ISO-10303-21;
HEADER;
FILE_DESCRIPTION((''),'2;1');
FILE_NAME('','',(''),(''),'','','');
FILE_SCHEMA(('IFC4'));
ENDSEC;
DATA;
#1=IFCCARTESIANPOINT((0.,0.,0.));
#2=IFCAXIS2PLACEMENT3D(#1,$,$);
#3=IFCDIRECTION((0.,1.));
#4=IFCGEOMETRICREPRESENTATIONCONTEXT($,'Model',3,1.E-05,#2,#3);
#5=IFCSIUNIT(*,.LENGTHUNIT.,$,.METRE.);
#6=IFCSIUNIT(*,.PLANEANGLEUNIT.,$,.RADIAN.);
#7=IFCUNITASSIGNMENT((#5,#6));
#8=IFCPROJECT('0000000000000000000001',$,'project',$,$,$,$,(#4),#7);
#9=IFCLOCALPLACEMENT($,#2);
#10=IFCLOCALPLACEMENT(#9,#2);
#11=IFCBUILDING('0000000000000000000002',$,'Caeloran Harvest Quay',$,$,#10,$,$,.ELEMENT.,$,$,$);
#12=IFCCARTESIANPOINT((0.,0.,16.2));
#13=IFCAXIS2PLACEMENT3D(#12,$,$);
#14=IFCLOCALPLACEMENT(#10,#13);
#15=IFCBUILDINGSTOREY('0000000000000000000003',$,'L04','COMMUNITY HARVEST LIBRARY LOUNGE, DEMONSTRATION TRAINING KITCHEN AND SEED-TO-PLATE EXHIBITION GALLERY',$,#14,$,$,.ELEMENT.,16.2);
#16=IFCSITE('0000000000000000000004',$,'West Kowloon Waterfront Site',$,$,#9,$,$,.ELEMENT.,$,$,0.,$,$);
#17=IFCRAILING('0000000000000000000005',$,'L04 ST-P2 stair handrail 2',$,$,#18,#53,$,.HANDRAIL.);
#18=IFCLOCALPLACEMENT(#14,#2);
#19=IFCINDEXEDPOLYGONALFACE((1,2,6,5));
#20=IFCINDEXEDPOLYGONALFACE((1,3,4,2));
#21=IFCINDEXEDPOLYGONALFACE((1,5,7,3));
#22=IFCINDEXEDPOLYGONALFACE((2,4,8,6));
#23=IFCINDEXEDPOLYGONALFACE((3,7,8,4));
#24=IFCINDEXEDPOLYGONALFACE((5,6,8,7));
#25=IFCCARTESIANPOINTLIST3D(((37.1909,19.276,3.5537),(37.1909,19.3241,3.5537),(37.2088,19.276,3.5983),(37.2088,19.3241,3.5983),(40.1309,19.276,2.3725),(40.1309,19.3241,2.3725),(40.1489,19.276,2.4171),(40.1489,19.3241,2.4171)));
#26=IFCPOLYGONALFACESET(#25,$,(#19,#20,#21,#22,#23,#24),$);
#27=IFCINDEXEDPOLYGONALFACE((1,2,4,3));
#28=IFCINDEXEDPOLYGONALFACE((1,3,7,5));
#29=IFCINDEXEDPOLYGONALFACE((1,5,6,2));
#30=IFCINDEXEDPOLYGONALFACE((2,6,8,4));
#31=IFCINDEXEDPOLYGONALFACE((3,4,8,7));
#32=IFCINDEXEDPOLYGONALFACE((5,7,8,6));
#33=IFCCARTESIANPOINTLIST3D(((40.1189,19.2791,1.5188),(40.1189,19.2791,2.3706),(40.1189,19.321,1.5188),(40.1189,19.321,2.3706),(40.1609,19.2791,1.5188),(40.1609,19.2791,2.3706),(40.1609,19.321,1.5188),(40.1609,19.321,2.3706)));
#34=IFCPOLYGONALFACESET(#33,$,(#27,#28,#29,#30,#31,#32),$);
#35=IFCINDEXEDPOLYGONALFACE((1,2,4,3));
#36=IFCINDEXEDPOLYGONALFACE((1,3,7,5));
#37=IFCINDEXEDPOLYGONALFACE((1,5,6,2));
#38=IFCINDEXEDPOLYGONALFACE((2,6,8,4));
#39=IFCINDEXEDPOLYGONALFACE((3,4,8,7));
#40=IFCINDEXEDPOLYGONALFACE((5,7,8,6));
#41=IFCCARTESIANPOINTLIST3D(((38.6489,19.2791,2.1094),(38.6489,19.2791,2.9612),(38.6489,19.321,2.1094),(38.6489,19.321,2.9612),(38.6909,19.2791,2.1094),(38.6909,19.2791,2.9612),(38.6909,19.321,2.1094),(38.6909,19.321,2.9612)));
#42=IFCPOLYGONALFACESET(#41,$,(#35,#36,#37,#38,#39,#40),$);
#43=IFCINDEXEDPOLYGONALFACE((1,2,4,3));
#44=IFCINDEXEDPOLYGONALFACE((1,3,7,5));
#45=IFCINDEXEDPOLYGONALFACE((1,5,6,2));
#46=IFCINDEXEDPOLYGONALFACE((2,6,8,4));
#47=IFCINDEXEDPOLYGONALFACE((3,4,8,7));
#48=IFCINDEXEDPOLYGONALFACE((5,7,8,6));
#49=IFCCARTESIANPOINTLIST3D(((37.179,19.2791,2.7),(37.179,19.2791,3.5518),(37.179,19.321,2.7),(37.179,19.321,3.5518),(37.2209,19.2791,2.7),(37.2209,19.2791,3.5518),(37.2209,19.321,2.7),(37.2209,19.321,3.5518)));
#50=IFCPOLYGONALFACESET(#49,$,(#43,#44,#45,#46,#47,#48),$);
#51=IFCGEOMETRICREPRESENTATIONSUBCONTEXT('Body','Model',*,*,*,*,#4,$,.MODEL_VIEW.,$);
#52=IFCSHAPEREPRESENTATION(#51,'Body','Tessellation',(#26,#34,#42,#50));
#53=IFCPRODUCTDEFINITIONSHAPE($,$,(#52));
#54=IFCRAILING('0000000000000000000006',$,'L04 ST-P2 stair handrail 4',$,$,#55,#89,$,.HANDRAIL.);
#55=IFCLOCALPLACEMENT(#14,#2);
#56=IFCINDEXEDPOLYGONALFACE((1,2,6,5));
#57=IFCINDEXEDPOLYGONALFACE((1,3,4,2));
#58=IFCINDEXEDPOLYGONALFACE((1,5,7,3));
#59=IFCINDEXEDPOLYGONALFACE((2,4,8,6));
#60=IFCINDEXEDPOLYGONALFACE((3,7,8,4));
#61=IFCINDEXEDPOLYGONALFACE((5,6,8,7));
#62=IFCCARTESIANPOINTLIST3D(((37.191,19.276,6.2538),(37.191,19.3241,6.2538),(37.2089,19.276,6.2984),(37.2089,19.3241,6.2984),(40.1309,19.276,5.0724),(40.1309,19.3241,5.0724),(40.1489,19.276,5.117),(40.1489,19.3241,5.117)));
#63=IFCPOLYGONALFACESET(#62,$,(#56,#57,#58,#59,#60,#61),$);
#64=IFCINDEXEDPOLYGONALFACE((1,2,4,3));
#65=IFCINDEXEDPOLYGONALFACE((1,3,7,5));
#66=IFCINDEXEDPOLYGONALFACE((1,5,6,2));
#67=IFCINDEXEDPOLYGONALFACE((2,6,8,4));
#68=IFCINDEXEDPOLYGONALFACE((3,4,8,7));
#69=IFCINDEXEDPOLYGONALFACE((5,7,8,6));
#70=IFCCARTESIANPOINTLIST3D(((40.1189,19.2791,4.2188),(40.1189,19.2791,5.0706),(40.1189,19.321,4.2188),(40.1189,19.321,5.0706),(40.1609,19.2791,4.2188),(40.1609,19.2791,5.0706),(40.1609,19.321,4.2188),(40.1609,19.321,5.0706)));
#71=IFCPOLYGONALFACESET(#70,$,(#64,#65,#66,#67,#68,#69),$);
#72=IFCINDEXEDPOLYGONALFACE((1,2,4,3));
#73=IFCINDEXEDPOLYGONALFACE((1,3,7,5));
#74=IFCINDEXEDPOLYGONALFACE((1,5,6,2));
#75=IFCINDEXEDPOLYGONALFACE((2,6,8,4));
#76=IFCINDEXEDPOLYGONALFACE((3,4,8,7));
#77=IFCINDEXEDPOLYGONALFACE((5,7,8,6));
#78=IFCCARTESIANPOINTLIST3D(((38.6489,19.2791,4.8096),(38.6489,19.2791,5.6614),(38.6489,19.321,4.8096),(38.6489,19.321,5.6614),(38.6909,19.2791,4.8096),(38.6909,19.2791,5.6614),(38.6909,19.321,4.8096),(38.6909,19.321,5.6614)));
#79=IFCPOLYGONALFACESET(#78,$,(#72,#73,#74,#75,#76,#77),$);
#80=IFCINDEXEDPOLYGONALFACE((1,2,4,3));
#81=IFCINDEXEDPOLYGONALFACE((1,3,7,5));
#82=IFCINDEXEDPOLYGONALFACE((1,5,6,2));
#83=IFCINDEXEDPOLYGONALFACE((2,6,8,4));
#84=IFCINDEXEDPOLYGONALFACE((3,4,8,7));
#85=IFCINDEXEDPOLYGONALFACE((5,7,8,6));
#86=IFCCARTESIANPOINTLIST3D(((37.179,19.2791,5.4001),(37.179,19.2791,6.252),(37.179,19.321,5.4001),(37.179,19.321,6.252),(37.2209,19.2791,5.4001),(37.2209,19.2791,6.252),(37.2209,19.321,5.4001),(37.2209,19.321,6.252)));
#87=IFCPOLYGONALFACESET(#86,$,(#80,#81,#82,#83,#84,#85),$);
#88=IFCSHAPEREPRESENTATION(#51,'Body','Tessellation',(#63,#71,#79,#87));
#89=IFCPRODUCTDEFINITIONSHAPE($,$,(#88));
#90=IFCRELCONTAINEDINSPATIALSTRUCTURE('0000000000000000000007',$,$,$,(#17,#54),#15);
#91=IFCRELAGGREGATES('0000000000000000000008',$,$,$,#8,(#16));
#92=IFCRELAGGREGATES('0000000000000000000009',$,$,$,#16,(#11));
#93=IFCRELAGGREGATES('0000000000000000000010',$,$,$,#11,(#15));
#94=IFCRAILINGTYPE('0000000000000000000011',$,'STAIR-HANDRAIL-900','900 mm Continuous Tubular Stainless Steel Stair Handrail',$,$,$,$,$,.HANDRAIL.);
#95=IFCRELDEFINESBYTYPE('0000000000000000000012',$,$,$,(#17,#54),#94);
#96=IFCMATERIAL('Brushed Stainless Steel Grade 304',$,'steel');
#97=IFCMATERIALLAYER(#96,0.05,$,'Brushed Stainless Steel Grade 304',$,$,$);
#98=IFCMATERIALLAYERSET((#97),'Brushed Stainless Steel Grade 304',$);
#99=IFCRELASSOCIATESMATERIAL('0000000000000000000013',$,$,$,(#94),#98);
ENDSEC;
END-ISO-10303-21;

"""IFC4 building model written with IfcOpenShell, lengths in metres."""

from ifc_helpers import new_model, si_unit, direction, frame, origin, origin_2d, place, context, subcontext, project, spatial, rectangle, extrude, material, layer, layer_set, type_object, element, save


model = new_model("IFC4")

# Units and contexts
model_context = context("Model", 3, precision=1e-05, world=origin(), true_north=direction((0.0, 1.0)))
body_context = subcontext(model_context, "Body", "Model", "MODEL_VIEW")
ifc_project = project(units=[si_unit("LENGTHUNIT", "METRE"), si_unit("PLANEANGLEUNIT", "RADIAN")], contexts=[model_context])

# Site, building, storey
site_placement = place(None, origin())
site = spatial("IfcSite", under=ifc_project, at=site_placement, Name="West Kowloon Waterfront Site", CompositionType="ELEMENT", RefElevation=0.0)
building_placement = place(site_placement, origin())
building = spatial("IfcBuilding", under=site, at=building_placement, Name="Caeloran Harvest Quay", CompositionType="ELEMENT")
storey_placement = place(building_placement, frame((0.0, 0.0, 16.2)))
storey = spatial("IfcBuildingStorey", under=building, at=storey_placement, Name="L04", Description="COMMUNITY HARVEST LIBRARY LOUNGE, DEMONSTRATION TRAINING KITCHEN AND SEED-TO-PLATE EXHIBITION GALLERY", CompositionType="ELEMENT", Elevation=16.2)

# Railings
ifc_material_1 = material(Name="Brushed Stainless Steel Grade 304", Category="steel")
ifc_layer_1 = layer(ifc_material_1, 0.05, Name="Brushed Stainless Steel Grade 304")
ifc_layer_set_1 = layer_set([ifc_layer_1], Name="Brushed Stainless Steel Grade 304")
railing_type_1 = type_object("IfcRailingType", Name="STAIR-HANDRAIL-900", Description="900 mm Continuous Tubular Stainless Steel Stair Handrail", PredefinedType="HANDRAIL", material=ifc_layer_set_1)
railing_1_placement = place(storey_placement, frame((40.1399, 19.3, 1.5188)))
element("IfcRailing", 1, at=railing_1_placement, inside=storey, type_object=railing_type_1, Name="L04 ST-P2 stair handrail 2", PredefinedType="HANDRAIL", context=body_context, shape_type="SweptSolid", body=[
    extrude(rectangle(XDim=0.0481, YDim=0.0481, at=origin_2d()), frame((0.0, 0.0, 0.876), z_axis=(-0.927912, 0.0, 0.372799), x_axis=(0.0, -1.0, 0.0)), (0.0, 0.0, 1.0), 3.1685),
    extrude(rectangle(XDim=0.042, YDim=0.042, at=origin_2d()), origin(), (0.0, 0.0, 1.0), 0.8518),
    extrude(rectangle(XDim=0.042, YDim=0.042, at=origin_2d()), frame((-1.47, 0.0, 0.5906)), (0.0, 0.0, 1.0), 0.8518),
    extrude(rectangle(XDim=0.042, YDim=0.042, at=origin_2d()), frame((-2.9399, 0.0, 1.1812)), (0.0, 0.0, 1.0), 0.8518),
])
railing_2_placement = place(storey_placement, frame((40.1399, 19.3, 4.2188)))
element("IfcRailing", 2, at=railing_2_placement, inside=storey, type_object=railing_type_1, Name="L04 ST-P2 stair handrail 4", PredefinedType="HANDRAIL", context=body_context, shape_type="SweptSolid", body=[
    extrude(rectangle(XDim=0.0481, YDim=0.0481, at=origin_2d()), frame((0.0, 0.0, 0.876), z_axis=(-0.927886, 0.0, 0.372865), x_axis=(0.0, -1.0, 0.0)), (0.0, 0.0, 1.0), 3.1685),
    extrude(rectangle(XDim=0.042, YDim=0.042, at=origin_2d()), origin(), (0.0, 0.0, 1.0), 0.8518),
    extrude(rectangle(XDim=0.042, YDim=0.042, at=origin_2d()), frame((-1.47, 0.0, 0.5908)), (0.0, 0.0, 1.0), 0.8518),
    extrude(rectangle(XDim=0.042, YDim=0.042, at=origin_2d()), frame((-2.9399, 0.0, 1.1814)), (0.0, 0.0, 1.0), 0.8518),
])

save(model, "model.ifc")
